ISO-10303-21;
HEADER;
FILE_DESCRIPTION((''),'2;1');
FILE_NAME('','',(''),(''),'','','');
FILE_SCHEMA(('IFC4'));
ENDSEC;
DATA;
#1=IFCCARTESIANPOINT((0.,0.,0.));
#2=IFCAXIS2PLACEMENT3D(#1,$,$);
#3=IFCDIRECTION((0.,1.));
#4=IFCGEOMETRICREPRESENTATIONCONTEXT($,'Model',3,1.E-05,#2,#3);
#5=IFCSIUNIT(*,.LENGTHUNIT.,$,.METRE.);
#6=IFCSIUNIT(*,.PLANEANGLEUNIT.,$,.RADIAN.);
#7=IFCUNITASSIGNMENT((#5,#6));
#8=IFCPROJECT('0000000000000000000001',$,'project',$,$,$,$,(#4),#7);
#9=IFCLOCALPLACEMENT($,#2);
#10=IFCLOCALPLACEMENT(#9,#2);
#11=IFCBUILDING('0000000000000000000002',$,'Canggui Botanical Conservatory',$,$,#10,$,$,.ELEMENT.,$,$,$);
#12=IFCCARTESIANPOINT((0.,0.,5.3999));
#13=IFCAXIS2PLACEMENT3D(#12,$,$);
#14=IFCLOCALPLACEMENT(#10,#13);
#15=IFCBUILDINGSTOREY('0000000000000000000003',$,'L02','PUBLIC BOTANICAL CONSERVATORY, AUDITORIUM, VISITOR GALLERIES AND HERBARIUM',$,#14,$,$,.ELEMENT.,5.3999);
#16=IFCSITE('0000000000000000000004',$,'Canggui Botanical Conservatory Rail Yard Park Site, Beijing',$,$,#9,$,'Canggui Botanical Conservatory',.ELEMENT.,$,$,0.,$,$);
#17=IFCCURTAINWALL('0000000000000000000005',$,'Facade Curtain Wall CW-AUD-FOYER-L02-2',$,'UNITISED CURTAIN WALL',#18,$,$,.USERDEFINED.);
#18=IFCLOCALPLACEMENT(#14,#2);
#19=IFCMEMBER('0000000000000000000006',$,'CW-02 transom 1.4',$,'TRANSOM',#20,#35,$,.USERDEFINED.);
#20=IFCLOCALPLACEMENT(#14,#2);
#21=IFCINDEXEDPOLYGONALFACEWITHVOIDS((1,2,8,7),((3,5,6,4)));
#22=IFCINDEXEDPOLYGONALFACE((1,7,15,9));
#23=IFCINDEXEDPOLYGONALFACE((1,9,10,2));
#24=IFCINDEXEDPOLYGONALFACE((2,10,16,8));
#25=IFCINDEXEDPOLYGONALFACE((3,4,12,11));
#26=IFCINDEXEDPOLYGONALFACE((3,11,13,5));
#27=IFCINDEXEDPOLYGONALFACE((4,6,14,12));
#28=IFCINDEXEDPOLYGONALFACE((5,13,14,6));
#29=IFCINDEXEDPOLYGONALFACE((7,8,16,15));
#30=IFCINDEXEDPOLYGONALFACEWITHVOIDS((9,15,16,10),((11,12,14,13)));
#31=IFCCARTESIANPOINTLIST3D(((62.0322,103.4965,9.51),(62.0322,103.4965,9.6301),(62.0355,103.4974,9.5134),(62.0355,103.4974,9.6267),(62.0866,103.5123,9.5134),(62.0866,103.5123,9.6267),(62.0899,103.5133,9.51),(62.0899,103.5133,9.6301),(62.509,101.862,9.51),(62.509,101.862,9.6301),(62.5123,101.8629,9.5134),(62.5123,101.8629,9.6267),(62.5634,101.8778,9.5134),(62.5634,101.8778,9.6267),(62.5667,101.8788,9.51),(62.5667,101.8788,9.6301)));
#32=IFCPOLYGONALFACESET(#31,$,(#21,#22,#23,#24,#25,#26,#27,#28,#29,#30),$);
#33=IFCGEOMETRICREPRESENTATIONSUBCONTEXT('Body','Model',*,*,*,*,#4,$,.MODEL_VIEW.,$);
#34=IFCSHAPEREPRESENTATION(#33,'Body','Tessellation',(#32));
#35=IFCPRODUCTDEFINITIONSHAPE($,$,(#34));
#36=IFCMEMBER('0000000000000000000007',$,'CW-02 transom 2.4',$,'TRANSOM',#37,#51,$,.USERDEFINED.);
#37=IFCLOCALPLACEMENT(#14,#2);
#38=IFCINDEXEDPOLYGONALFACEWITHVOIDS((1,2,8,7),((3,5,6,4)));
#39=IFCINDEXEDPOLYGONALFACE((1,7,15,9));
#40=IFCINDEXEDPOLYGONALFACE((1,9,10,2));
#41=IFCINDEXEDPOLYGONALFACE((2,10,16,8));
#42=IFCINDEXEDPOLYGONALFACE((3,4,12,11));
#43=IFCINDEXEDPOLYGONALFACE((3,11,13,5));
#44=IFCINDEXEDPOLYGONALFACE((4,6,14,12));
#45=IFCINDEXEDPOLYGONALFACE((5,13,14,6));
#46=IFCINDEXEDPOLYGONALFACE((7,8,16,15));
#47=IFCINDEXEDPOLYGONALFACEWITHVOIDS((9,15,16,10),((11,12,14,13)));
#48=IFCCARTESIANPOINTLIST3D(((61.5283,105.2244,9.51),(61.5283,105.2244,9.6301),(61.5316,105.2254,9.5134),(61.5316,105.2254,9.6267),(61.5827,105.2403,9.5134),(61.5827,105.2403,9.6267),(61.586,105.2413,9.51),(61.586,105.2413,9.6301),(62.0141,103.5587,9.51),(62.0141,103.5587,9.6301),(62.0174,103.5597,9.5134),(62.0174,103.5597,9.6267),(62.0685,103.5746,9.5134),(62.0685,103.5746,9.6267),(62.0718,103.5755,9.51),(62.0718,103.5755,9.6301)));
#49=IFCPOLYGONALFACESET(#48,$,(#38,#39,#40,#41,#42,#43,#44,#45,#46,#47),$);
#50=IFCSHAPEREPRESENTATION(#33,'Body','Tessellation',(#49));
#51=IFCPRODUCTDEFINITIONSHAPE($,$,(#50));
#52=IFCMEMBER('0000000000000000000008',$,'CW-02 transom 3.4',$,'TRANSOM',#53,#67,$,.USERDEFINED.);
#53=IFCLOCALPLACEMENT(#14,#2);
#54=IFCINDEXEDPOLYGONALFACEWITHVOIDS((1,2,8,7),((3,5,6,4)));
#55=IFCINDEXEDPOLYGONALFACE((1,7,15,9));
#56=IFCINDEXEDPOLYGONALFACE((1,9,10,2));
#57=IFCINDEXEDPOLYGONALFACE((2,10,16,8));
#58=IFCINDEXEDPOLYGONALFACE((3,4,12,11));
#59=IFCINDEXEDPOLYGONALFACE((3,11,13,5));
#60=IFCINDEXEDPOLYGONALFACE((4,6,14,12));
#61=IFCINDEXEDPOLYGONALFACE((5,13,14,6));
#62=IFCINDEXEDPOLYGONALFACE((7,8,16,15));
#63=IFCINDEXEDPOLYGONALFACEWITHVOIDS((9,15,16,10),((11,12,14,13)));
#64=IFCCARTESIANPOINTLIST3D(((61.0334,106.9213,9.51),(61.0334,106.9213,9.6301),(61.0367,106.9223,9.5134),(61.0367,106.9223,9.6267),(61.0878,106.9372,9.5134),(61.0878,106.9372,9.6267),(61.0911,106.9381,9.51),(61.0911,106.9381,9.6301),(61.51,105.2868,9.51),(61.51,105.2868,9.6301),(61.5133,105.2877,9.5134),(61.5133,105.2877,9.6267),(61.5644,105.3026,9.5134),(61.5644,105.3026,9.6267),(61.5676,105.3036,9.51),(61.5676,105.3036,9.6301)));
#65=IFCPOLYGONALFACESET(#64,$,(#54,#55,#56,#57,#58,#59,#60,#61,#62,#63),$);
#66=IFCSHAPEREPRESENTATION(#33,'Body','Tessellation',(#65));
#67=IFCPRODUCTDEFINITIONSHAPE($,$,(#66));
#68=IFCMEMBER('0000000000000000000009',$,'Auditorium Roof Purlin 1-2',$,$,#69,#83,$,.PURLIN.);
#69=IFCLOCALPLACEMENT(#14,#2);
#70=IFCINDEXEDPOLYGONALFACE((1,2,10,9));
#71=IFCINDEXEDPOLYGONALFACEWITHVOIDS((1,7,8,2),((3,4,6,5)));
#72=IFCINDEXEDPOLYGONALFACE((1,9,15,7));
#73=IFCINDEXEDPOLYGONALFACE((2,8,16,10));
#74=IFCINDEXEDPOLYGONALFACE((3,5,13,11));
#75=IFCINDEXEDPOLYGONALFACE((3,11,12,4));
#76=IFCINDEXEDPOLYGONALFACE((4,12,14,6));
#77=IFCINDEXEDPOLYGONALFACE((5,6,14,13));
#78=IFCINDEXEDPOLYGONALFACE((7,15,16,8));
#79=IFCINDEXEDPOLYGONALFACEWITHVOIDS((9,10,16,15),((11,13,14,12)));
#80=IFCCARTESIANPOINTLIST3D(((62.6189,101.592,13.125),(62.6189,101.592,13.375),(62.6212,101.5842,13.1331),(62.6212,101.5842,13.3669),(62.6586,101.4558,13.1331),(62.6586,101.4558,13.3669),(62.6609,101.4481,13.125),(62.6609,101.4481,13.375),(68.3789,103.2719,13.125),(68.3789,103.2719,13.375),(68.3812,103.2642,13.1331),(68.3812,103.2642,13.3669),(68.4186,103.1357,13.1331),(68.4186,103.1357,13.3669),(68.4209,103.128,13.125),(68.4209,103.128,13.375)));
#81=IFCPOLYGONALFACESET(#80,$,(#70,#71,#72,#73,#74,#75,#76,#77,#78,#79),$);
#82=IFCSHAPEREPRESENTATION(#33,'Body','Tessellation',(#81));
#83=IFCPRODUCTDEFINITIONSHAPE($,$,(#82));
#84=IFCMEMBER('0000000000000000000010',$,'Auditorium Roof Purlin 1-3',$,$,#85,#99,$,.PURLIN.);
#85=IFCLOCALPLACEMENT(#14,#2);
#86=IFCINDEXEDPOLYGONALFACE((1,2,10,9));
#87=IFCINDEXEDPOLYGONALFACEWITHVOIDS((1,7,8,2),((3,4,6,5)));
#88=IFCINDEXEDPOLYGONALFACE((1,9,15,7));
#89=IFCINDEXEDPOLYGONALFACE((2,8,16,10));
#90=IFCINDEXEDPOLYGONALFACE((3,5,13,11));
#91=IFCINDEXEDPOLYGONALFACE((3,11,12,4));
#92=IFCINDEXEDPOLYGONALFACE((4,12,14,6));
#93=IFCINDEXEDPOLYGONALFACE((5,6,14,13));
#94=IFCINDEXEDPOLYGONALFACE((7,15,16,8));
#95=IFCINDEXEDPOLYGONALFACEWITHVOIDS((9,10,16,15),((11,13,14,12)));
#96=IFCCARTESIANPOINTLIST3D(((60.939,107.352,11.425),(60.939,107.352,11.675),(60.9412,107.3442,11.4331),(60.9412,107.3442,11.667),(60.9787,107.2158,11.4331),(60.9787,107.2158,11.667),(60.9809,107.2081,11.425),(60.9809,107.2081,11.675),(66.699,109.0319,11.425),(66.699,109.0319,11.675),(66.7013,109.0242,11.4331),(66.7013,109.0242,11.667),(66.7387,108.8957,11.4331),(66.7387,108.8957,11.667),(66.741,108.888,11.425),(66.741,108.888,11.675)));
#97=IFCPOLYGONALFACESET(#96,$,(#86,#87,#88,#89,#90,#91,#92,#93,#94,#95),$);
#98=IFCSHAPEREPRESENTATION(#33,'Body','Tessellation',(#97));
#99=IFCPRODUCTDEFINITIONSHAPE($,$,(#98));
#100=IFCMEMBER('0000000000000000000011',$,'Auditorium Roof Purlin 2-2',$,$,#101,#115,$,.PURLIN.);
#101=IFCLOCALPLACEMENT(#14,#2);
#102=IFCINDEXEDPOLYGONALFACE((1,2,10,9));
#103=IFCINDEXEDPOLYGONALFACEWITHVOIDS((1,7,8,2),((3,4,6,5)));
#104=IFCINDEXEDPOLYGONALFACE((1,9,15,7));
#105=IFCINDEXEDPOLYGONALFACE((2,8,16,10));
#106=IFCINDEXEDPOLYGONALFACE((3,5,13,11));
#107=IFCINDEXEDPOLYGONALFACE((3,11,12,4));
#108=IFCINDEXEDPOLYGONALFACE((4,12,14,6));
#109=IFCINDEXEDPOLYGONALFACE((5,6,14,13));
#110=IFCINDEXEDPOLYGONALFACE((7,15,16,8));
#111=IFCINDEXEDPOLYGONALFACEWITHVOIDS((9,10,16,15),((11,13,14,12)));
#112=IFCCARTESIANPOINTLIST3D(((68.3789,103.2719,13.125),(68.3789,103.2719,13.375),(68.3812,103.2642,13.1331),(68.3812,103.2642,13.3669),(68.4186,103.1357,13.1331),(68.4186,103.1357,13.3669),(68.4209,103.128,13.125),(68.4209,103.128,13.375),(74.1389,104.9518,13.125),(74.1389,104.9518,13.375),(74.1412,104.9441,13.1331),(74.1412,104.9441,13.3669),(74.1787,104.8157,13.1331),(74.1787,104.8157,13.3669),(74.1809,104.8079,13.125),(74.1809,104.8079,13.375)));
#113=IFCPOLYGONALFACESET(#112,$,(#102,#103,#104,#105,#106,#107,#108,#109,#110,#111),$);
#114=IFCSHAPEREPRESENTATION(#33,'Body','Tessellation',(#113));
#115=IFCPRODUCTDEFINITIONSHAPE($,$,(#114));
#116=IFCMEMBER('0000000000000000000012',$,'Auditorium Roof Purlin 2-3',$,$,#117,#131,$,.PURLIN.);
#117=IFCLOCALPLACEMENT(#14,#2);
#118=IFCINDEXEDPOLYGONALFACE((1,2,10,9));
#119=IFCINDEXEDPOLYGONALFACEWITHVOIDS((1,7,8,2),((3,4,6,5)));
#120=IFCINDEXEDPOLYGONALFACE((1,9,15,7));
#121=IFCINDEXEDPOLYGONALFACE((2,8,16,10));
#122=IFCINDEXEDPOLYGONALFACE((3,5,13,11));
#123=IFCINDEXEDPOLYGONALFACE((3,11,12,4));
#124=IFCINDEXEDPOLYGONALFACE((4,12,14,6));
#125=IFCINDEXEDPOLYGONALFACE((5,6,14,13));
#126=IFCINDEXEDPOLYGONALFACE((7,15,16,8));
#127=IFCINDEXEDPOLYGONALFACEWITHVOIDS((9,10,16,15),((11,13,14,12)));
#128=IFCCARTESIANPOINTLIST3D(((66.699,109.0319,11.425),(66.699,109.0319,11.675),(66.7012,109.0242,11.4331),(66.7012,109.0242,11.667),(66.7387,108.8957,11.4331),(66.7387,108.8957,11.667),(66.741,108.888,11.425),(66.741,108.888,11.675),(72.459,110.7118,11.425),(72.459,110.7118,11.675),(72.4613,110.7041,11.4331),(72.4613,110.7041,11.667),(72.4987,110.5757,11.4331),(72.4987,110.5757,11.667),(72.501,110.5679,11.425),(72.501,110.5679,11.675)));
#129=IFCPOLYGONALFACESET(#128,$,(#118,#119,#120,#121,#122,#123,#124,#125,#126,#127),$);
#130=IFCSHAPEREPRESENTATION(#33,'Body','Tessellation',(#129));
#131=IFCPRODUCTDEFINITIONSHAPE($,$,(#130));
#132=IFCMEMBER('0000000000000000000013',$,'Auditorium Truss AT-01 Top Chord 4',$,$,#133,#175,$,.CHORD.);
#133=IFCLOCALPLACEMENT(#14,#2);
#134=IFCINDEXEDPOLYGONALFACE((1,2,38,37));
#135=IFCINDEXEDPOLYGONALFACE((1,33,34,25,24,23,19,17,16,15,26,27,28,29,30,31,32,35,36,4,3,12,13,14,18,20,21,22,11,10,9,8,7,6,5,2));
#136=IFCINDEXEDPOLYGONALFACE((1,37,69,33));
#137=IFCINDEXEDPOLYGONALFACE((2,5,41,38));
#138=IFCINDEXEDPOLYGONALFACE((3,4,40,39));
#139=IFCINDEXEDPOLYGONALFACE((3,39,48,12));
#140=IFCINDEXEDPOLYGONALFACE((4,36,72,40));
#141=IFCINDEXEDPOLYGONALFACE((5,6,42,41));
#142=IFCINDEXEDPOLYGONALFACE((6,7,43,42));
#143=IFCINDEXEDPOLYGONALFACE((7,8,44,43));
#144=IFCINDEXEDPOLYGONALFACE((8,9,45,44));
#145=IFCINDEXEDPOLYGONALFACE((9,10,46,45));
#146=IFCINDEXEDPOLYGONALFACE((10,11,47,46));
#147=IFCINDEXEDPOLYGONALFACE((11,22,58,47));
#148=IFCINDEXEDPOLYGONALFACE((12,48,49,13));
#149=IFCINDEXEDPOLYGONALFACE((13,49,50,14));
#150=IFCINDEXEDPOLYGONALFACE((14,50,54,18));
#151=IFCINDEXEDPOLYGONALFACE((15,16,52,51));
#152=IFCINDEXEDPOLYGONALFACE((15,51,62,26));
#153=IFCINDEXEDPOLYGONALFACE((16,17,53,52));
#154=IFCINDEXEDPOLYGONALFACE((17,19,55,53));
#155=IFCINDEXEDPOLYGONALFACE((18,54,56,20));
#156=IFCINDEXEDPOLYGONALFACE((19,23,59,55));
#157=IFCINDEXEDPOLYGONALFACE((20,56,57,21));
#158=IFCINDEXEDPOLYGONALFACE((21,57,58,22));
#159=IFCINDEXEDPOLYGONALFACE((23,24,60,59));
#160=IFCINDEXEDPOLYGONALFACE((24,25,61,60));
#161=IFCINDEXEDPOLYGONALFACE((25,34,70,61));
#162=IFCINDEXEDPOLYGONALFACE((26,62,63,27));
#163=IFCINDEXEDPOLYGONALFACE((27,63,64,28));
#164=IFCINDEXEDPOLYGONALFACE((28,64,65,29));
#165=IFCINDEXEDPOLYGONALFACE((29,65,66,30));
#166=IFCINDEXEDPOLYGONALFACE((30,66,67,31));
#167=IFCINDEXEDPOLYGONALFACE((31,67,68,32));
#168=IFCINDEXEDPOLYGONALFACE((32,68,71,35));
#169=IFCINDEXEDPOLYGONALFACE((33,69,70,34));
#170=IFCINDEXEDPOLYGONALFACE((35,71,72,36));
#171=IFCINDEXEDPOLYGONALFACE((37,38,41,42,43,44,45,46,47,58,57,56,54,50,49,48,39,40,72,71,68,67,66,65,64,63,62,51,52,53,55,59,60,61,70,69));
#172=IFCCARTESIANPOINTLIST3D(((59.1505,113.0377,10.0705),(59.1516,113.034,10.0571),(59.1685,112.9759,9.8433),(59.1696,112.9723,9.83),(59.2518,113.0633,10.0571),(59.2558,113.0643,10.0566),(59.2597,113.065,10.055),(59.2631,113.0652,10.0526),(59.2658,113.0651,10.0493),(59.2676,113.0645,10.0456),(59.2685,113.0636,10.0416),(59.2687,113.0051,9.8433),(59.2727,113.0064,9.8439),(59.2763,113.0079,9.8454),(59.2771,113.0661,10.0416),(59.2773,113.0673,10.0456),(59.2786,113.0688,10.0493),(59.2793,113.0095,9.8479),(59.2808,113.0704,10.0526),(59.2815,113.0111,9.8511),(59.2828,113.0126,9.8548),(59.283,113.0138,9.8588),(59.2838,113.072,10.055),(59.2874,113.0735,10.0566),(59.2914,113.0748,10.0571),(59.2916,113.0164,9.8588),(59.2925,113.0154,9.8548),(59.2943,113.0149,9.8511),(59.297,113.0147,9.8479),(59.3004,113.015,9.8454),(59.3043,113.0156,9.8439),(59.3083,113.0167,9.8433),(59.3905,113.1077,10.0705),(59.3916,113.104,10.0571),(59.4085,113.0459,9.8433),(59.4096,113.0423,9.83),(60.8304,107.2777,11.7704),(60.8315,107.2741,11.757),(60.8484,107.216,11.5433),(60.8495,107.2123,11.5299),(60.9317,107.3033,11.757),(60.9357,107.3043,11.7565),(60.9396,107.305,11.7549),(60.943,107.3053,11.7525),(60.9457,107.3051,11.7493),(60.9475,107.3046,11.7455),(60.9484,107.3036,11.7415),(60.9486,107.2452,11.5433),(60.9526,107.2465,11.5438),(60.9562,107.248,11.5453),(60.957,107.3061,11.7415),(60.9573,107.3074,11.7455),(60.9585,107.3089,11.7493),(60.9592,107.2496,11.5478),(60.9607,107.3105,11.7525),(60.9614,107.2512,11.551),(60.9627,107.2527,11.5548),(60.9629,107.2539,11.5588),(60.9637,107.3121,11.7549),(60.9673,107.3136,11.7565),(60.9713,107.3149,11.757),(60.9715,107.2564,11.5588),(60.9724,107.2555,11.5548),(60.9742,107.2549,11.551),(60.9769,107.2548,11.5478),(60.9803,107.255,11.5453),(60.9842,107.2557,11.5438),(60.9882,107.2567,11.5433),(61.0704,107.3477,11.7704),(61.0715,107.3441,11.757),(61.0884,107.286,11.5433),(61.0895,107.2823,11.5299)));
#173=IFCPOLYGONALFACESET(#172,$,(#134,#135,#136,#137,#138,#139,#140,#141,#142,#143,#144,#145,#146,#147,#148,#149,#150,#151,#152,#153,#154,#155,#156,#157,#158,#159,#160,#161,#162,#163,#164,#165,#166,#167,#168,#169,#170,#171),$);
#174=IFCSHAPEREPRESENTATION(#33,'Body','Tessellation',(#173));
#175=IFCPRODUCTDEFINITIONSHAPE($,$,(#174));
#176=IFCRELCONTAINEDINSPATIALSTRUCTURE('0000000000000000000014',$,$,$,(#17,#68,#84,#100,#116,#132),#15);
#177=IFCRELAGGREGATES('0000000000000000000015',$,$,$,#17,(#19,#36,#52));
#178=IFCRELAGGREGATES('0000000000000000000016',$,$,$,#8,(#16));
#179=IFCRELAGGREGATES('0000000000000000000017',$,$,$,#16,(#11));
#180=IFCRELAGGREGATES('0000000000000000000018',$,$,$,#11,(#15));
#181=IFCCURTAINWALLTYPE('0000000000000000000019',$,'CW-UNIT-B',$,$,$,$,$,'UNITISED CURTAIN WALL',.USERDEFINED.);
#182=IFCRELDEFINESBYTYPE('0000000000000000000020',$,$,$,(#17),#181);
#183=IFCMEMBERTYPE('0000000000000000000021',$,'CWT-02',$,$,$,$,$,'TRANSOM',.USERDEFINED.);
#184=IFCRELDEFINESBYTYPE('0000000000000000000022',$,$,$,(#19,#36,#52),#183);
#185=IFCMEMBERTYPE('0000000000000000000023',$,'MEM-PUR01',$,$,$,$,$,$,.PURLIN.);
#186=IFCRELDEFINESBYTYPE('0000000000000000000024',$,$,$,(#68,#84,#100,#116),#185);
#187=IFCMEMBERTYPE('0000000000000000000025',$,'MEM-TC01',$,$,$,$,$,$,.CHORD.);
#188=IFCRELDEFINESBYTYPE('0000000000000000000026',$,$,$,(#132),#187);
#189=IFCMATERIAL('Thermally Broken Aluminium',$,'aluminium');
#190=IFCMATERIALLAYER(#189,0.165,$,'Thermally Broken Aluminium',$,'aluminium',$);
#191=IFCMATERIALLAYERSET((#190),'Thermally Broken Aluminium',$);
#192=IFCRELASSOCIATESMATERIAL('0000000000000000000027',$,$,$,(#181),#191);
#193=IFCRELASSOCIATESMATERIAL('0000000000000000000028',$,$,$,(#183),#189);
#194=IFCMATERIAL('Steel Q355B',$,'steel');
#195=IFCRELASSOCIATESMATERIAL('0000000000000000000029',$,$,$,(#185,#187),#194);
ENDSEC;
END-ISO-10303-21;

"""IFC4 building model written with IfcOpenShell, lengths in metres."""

from ifc_helpers import new_model, si_unit, direction, frame, origin, origin_2d, place, context, subcontext, project, spatial, hollow_rectangle, i_section, extrude, material, layer, layer_set, material_profile, profile_set, type_object, element, aggregate, save


model = new_model("IFC4")

# Units and contexts
model_context = context("Model", 3, precision=1e-05, world=origin(), true_north=direction((0.0, 1.0)))
body_context = subcontext(model_context, "Body", "Model", "MODEL_VIEW")
ifc_project = project(units=[si_unit("LENGTHUNIT", "METRE"), si_unit("PLANEANGLEUNIT", "RADIAN")], contexts=[model_context])

# Site, building, storey
site_placement = place(None, origin())
site = spatial("IfcSite", under=ifc_project, at=site_placement, Name="Canggui Botanical Conservatory Rail Yard Park Site, Beijing", LongName="Canggui Botanical Conservatory", CompositionType="ELEMENT", RefElevation=0.0)
building_placement = place(site_placement, origin())
building = spatial("IfcBuilding", under=site, at=building_placement, Name="Canggui Botanical Conservatory", CompositionType="ELEMENT")
storey_placement = place(building_placement, frame((0.0, 0.0, 5.3999)))
storey = spatial("IfcBuildingStorey", under=building, at=storey_placement, Name="L02", Description="PUBLIC BOTANICAL CONSERVATORY, AUDITORIUM, VISITOR GALLERIES AND HERBARIUM", CompositionType="ELEMENT", Elevation=5.3999)

# Curtain wall, members
ifc_material_1 = material(Name="Thermally Broken Aluminium", Category="aluminium")
ifc_layer_1 = layer(ifc_material_1, 0.165, Name="Thermally Broken Aluminium", Category="aluminium")
ifc_layer_set_1 = layer_set([ifc_layer_1], Name="Thermally Broken Aluminium")
curtain_wall_type = type_object("IfcCurtainWallType", Name="CW-UNIT-B", ElementType="UNITISED CURTAIN WALL", PredefinedType="USERDEFINED", material=ifc_layer_set_1)
curtain_wall_placement = place(storey_placement, origin())
curtain_wall = element("IfcCurtainWall", 1, at=curtain_wall_placement, inside=storey, type_object=curtain_wall_type, Name="Facade Curtain Wall CW-AUD-FOYER-L02-2", ObjectType="UNITISED CURTAIN WALL", PredefinedType="USERDEFINED")
ifc_material_profile_1 = material_profile(ifc_material_1, hollow_rectangle(XDim=0.0601, YDim=0.1201, WallThickness=0.0034, at=origin_2d()), Name="CWT 60x120x3.5")
ifc_profile_set_1 = profile_set([ifc_material_profile_1], Name="Thermally Broken Aluminium")
member_type_1 = type_object("IfcMemberType", Name="CWT-02", ElementType="TRANSOM", PredefinedType="USERDEFINED", material=ifc_profile_set_1)
member_1_placement = place(storey_placement, frame((62.5378, 101.8704, 9.5701), z_axis=(-0.280039, 0.959989, 0.0), x_axis=(-0.959989, -0.280039, 0.0)))
member_1 = element("IfcMember", 2, at=member_1_placement, type_object=member_type_1, Name="CW-02 transom 1.4", ObjectType="TRANSOM", PredefinedType="USERDEFINED", context=body_context, shape_type="SweptSolid", body=[
    extrude(hollow_rectangle(XDim=0.0601, YDim=0.1201, WallThickness=0.0034, at=origin_2d()), origin(), (0.0, 0.0, 1.0), 1.7026),
])
member_2_placement = place(storey_placement, frame((62.043, 103.5671, 9.5701), z_axis=(-0.279995, 0.960002, 0.0), x_axis=(-0.960002, -0.279995, 0.0)))
member_2 = element("IfcMember", 3, at=member_2_placement, type_object=member_type_1, Name="CW-02 transom 2.4", ObjectType="TRANSOM", PredefinedType="USERDEFINED", context=body_context, shape_type="SweptSolid", body=[
    extrude(hollow_rectangle(XDim=0.0601, YDim=0.1201, WallThickness=0.0034, at=origin_2d()), origin(), (0.0, 0.0, 1.0), 1.7351),
])
member_3_placement = place(storey_placement, frame((61.5388, 105.2952, 9.5701), z_axis=(-0.279906, 0.960027, 0.0), x_axis=(-0.960027, -0.279906, 0.0)))
member_3 = element("IfcMember", 4, at=member_3_placement, type_object=member_type_1, Name="CW-02 transom 3.4", ObjectType="TRANSOM", PredefinedType="USERDEFINED", context=body_context, shape_type="SweptSolid", body=[
    extrude(hollow_rectangle(XDim=0.0601, YDim=0.1201, WallThickness=0.0034, at=origin_2d()), origin(), (0.0, 0.0, 1.0), 1.7026),
])
aggregate(curtain_wall, [member_1, member_2, member_3])

# Members
ifc_material_2 = material(Name="Steel Q355B", Category="steel")
ifc_material_profile_2 = material_profile(ifc_material_2, hollow_rectangle(XDim=0.1499, YDim=0.25, WallThickness=0.0081, at=origin_2d()), Name="RHS 150x250x8")
ifc_profile_set_2 = profile_set([ifc_material_profile_2], Name="Steel Q355B")
member_type_2 = type_object("IfcMemberType", Name="MEM-PUR01", PredefinedType="PURLIN", material=ifc_profile_set_2)
for number, where, z_axis, x_axis, name in (
    (5, (62.6399, 101.52, 13.25), (0.960003, 0.279989, 0.0), (-0.279989, 0.960003, 0.0), "Auditorium Roof Purlin 1-2"),
    (6, (60.96, 107.28, 11.55), (0.960003, 0.279989, 0.0), (-0.279989, 0.960003, 0.0), "Auditorium Roof Purlin 1-3"),
    (7, (68.3999, 103.2, 13.25), (0.960003, 0.279989, 0.0), (-0.279989, 0.960003, 0.0), "Auditorium Roof Purlin 2-2"),
    (8, (66.72, 108.96, 11.55), (0.960003, 0.279989, 0.0), (-0.279989, 0.960003, 0.0), "Auditorium Roof Purlin 2-3"),
):
    element("IfcMember", number, at=place(storey_placement, frame(where, z_axis=z_axis, x_axis=x_axis)), inside=storey, type_object=member_type_2, Name=name, PredefinedType="PURLIN", context=body_context, shape_type="SweptSolid", body=[
        extrude(hollow_rectangle(XDim=0.1499, YDim=0.25, WallThickness=0.0081, at=origin_2d()), origin(), (0.0, 0.0, 1.0), 6.0),
    ])
ifc_material_profile_3 = material_profile(ifc_material_2, i_section(OverallWidth=0.25, OverallDepth=0.25, WebThickness=0.009, FlangeThickness=0.0139, FilletRadius=0.0161, at=origin_2d()), Name="HW 250x250x9x14")
ifc_profile_set_3 = profile_set([ifc_material_profile_3], Name="Steel Q355B")
member_type_3 = type_object("IfcMemberType", Name="MEM-TC01", PredefinedType="CHORD", material=ifc_profile_set_3)
for number, where, z_axis, x_axis, name in (
    (9, (60.96, 107.28, 11.6501), (-0.269386, 0.923647, -0.272596), (-0.960003, -0.279989, 0.0), "Auditorium Truss AT-01 Top Chord 4"),
):
    element("IfcMember", number, at=place(storey_placement, frame(where, z_axis=z_axis, x_axis=x_axis)), inside=storey, type_object=member_type_3, Name=name, PredefinedType="CHORD", context=body_context, shape_type="SweptSolid", body=[
        extrude(i_section(OverallWidth=0.25, OverallDepth=0.25, WebThickness=0.009, FlangeThickness=0.0139, FilletRadius=0.0161, at=origin_2d()), origin(), (0.0, 0.0, 1.0), 6.2361),
    ])

save(model, "model.ifc")
